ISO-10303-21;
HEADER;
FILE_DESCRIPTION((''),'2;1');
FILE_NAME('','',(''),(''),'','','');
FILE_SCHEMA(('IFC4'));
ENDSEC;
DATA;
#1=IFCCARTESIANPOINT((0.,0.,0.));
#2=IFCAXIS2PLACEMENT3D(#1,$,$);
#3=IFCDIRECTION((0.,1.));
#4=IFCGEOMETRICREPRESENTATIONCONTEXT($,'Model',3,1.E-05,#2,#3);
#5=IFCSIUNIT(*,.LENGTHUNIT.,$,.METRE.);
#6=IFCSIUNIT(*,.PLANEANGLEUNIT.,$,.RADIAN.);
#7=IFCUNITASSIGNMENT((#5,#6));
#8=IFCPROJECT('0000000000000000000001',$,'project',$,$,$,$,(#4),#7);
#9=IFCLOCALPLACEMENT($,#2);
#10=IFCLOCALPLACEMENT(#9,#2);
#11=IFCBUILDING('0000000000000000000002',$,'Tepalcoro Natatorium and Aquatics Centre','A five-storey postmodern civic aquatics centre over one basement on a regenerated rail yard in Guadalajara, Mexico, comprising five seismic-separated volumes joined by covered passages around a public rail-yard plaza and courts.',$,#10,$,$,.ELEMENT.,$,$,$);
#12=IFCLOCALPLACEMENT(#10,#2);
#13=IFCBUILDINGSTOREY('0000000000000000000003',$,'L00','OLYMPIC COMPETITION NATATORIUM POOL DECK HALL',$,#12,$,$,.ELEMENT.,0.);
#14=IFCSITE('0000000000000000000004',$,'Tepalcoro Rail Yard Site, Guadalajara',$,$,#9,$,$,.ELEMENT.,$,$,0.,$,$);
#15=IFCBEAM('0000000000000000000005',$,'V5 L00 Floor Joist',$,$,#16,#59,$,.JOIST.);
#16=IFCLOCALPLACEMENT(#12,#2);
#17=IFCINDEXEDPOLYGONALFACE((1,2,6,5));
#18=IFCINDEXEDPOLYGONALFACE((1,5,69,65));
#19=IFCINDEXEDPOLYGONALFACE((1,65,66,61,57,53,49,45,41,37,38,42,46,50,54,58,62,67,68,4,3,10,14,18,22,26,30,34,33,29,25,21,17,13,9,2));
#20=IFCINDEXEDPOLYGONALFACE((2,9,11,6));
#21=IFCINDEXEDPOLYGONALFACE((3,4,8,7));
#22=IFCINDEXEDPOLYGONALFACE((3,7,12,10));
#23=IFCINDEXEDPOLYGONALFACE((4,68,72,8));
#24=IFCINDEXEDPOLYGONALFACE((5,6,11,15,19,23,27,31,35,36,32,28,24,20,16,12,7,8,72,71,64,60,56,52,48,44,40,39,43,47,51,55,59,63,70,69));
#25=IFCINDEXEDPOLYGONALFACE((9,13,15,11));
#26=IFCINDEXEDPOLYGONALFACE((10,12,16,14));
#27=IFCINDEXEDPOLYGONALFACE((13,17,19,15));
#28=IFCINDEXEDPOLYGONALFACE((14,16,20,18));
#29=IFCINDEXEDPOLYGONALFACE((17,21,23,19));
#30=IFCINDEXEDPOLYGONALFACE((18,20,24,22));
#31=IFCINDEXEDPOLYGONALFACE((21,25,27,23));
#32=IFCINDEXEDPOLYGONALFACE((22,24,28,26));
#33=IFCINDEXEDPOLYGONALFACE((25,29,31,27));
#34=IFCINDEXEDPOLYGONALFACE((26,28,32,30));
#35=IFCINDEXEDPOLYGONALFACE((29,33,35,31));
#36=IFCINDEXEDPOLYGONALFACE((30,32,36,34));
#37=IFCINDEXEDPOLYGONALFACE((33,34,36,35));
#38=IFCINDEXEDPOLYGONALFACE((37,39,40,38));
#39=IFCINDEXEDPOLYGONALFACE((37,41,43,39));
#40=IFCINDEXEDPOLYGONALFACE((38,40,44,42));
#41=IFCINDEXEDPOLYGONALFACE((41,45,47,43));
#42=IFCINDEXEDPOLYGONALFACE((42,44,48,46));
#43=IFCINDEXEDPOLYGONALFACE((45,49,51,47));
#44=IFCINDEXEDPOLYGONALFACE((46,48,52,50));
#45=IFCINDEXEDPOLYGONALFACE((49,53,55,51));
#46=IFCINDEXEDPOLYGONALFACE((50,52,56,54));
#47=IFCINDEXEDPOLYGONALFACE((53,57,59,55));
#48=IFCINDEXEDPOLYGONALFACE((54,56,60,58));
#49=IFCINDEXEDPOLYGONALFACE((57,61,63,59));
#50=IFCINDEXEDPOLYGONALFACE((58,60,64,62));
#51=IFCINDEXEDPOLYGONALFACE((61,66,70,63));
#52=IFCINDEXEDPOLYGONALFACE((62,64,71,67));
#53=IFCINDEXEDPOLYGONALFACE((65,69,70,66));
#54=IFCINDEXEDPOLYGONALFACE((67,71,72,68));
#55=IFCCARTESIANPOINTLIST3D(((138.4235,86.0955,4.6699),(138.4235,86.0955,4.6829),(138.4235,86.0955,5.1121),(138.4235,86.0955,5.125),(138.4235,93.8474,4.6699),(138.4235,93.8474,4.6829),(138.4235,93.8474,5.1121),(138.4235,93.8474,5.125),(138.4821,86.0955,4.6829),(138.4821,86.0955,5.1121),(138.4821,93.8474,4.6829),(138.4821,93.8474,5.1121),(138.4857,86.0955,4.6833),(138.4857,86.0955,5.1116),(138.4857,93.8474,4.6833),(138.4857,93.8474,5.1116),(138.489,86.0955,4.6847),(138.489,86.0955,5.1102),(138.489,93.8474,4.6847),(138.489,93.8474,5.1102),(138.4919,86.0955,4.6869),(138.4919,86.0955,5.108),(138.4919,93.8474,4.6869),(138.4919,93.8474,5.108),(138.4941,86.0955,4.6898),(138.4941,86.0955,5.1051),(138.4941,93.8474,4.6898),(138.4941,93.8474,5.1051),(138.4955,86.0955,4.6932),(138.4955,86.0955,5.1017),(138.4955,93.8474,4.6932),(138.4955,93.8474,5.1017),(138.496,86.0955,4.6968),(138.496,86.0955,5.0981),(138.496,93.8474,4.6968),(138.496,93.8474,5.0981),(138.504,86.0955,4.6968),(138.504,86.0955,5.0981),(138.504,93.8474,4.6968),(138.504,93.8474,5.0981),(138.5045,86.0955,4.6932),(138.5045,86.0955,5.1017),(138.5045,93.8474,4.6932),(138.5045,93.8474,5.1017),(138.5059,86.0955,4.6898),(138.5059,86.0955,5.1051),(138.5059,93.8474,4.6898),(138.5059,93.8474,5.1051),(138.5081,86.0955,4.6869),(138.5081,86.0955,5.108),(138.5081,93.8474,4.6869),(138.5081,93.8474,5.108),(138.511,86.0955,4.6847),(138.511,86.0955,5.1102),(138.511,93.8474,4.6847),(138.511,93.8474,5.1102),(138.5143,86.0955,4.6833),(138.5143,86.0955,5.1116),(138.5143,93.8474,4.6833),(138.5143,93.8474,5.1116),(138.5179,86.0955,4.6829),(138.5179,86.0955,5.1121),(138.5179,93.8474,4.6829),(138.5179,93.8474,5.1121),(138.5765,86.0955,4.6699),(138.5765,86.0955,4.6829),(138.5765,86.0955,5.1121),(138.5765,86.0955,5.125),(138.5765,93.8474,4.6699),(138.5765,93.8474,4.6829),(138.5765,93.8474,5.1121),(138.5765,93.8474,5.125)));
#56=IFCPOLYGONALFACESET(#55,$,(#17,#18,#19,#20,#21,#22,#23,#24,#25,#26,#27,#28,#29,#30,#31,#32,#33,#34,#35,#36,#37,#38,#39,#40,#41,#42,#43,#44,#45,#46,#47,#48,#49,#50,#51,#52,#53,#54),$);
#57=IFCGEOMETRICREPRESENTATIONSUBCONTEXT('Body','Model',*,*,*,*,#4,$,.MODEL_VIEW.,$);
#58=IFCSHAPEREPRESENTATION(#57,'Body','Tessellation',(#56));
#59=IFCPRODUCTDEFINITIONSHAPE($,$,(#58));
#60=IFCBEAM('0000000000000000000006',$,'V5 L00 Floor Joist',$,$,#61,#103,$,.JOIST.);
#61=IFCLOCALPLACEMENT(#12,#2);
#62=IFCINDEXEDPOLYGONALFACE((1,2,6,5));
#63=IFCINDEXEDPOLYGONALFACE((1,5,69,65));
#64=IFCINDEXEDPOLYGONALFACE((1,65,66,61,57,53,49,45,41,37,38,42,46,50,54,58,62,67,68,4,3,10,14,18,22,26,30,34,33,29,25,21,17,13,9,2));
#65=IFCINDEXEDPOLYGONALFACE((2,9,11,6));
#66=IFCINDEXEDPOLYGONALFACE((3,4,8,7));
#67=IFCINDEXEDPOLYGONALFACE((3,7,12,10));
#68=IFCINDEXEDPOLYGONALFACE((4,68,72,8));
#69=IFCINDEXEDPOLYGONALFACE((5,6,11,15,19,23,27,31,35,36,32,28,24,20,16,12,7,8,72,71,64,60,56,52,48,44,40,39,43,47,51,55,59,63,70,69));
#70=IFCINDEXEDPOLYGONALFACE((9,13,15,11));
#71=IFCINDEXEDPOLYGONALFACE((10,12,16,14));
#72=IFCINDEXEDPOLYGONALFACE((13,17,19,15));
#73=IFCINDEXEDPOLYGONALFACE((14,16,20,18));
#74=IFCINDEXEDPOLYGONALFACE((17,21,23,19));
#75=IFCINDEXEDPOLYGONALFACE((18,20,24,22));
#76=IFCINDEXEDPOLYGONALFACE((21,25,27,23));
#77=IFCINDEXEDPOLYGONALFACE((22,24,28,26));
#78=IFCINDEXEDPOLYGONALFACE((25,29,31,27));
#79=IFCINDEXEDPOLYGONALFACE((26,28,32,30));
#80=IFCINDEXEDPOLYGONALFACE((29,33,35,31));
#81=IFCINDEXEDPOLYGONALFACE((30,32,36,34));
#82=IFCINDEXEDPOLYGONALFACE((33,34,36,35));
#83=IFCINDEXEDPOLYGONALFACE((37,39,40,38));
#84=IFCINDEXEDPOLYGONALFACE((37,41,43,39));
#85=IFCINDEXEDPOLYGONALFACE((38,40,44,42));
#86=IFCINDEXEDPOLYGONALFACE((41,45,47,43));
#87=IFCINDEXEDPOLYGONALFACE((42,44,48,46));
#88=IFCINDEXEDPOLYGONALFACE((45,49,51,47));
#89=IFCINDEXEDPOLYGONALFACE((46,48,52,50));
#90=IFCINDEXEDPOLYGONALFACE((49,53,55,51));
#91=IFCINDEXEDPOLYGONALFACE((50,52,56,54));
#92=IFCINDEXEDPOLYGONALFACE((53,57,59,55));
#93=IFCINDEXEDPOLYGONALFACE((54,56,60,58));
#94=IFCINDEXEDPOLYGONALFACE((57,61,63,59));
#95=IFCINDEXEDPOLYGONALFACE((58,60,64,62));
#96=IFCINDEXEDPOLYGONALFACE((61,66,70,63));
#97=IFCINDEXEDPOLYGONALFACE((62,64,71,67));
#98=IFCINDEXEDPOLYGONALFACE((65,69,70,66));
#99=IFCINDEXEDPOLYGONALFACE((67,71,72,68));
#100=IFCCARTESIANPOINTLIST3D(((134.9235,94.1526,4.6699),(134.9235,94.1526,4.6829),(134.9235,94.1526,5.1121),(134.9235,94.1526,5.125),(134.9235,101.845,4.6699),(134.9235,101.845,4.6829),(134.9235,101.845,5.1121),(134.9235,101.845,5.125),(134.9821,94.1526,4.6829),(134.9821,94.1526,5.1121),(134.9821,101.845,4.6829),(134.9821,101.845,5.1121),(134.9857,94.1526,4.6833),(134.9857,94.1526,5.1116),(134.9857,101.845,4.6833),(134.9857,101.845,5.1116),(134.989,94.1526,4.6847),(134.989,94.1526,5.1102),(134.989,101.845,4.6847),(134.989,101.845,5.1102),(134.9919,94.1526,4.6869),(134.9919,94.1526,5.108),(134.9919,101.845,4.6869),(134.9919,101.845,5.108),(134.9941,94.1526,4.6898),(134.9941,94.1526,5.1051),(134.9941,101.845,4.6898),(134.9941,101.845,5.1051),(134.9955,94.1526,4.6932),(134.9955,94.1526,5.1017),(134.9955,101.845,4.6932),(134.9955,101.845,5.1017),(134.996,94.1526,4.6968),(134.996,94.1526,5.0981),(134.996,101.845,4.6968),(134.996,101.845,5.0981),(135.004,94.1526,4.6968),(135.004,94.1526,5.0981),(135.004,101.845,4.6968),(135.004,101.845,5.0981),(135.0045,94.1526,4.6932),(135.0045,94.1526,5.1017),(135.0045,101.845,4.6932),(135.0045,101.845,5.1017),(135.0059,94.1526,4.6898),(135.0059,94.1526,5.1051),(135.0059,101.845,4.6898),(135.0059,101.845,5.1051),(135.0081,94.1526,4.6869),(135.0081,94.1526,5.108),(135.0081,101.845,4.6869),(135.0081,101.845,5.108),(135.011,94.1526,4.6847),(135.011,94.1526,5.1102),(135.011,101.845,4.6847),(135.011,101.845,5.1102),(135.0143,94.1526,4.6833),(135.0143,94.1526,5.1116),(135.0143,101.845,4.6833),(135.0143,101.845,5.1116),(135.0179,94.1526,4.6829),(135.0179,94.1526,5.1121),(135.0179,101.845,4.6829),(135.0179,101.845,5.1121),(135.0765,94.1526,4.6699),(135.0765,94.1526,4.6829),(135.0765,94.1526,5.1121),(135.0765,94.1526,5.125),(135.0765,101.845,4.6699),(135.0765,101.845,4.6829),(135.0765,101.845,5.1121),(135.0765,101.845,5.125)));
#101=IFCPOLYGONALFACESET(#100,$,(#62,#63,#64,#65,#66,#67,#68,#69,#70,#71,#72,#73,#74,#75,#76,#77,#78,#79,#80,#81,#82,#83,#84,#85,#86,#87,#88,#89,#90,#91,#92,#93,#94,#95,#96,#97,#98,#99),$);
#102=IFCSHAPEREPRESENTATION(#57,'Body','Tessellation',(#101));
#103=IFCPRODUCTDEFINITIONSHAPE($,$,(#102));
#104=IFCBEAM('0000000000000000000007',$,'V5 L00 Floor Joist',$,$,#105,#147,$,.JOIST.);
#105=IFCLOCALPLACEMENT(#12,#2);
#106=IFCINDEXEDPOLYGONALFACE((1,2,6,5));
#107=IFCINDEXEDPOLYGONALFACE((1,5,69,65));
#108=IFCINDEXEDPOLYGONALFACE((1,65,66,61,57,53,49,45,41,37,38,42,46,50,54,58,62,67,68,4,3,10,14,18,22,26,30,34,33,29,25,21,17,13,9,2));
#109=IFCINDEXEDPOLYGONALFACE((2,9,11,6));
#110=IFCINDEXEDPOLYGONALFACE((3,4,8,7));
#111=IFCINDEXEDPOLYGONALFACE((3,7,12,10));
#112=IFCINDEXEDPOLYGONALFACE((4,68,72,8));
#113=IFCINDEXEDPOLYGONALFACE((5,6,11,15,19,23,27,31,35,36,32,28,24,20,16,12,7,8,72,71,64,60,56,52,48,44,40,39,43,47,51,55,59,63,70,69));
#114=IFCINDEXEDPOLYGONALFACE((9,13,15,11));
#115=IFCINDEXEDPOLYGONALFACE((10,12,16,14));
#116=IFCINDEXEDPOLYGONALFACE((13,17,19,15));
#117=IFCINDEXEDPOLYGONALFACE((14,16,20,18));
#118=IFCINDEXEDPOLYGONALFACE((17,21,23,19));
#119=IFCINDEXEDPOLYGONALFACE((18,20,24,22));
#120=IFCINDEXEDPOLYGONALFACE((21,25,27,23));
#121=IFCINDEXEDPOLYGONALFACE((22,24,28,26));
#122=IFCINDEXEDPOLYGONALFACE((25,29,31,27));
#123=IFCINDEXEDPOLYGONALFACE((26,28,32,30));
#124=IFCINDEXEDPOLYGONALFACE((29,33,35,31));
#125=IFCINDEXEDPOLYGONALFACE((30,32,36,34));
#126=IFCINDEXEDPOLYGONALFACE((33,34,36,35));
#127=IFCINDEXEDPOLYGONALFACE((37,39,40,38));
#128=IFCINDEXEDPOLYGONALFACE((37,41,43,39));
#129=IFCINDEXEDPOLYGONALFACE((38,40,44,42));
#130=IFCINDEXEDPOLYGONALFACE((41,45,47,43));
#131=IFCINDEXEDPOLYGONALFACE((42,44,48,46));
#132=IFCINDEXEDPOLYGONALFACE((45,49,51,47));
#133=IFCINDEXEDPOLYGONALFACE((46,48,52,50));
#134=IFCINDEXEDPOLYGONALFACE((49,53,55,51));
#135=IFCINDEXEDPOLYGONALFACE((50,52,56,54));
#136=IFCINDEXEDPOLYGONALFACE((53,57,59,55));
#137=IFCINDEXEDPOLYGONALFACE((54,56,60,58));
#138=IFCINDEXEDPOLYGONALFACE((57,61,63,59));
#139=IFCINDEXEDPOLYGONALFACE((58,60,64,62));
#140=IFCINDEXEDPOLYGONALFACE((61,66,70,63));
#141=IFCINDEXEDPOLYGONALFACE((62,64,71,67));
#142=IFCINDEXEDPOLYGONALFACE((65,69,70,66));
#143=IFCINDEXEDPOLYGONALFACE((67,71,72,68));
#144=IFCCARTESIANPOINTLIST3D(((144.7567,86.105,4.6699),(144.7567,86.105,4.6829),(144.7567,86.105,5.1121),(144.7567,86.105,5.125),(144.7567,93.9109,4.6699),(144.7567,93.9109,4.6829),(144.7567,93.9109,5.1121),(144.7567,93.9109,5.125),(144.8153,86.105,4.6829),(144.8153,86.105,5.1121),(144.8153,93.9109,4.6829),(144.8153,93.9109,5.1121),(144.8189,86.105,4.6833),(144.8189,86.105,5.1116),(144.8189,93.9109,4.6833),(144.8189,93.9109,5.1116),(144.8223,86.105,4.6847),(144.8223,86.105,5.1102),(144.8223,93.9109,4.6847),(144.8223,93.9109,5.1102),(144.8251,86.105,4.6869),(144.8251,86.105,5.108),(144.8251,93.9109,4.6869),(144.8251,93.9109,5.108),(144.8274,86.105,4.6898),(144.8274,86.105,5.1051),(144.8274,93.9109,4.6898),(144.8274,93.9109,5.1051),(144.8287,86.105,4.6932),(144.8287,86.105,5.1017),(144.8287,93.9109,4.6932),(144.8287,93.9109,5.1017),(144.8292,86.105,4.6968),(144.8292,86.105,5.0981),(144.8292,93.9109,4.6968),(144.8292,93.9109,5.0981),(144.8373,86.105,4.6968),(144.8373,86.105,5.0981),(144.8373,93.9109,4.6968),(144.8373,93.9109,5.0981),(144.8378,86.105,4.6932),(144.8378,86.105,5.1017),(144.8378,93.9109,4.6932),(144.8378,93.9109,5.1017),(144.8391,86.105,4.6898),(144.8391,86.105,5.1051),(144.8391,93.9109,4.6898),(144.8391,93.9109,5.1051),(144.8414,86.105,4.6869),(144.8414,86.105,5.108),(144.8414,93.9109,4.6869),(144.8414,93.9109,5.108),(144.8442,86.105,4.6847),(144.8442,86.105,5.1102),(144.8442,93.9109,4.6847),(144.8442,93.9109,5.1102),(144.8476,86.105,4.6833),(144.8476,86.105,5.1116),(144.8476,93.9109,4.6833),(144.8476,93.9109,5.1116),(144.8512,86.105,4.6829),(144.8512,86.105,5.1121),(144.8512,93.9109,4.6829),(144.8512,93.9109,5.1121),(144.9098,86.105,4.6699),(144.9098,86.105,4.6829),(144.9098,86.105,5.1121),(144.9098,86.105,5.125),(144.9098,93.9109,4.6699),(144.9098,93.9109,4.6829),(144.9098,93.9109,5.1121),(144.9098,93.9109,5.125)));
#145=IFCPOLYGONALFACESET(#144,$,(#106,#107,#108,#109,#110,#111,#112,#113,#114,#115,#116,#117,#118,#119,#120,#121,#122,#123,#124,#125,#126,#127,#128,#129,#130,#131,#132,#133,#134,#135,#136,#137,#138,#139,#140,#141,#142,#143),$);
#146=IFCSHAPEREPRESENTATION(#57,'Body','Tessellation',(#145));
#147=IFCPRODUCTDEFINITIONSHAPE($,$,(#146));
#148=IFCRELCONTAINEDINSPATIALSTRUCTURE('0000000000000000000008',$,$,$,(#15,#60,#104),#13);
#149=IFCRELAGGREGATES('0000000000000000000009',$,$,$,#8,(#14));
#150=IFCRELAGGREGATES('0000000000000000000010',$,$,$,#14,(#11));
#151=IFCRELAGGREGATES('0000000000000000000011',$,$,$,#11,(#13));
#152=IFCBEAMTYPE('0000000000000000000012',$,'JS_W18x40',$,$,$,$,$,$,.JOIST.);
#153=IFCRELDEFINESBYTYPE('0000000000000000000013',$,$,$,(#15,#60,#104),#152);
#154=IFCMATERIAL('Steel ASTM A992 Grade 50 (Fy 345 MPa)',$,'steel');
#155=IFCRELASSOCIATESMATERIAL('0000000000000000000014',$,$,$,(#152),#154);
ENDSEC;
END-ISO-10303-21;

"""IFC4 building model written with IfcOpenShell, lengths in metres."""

from ifc_helpers import new_model, si_unit, direction, frame, origin, origin_2d, place, context, subcontext, project, spatial, i_section, extrude, material, material_profile, profile_set, type_object, element, save


model = new_model("IFC4")

# Units and contexts
model_context = context("Model", 3, precision=1e-05, world=origin(), true_north=direction((0.0, 1.0)))
body_context = subcontext(model_context, "Body", "Model", "MODEL_VIEW")
ifc_project = project(units=[si_unit("LENGTHUNIT", "METRE"), si_unit("PLANEANGLEUNIT", "RADIAN")], contexts=[model_context])

# Site, building, storey
site_placement = place(None, origin())
site = spatial("IfcSite", under=ifc_project, at=site_placement, Name="Tepalcoro Rail Yard Site, Guadalajara", CompositionType="ELEMENT", RefElevation=0.0)
building_placement = place(site_placement, origin())
building = spatial("IfcBuilding", under=site, at=building_placement, Name="Tepalcoro Natatorium and Aquatics Centre", Description="A five-storey postmodern civic aquatics centre over one basement on a regenerated rail yard in Guadalajara, Mexico, comprising five seismic-separated volumes joined by covered passages around a public rail-yard plaza and courts.", CompositionType="ELEMENT")
storey_placement = place(building_placement, origin())
storey = spatial("IfcBuildingStorey", under=building, at=storey_placement, Name="L00", Description="OLYMPIC COMPETITION NATATORIUM POOL DECK HALL", CompositionType="ELEMENT", Elevation=0.0)

# Beams
ifc_material_1 = material(Name="Steel ASTM A992 Grade 50 (Fy 345 MPa)", Category="steel")
ifc_material_profile_1 = material_profile(ifc_material_1, i_section(OverallWidth=0.1531, OverallDepth=0.4551, WebThickness=0.0081, FlangeThickness=0.0129, FilletRadius=0.0139, at=origin_2d()), Name="W18X40")
ifc_profile_set_1 = profile_set([ifc_material_profile_1], Name="Steel ASTM A992 Grade 50 (Fy 345 MPa)")
beam_type_1 = type_object("IfcBeamType", Name="JS_W18x40", PredefinedType="JOIST", material=ifc_profile_set_1)
beam_1_placement = place(storey_placement, frame((138.5, 86.0955, 4.8975), z_axis=(0.0, 1.0, 0.0), x_axis=(-1.0, 0.0, 0.0)))
element("IfcBeam", 1, at=beam_1_placement, inside=storey, type_object=beam_type_1, Name="V5 L00 Floor Joist", PredefinedType="JOIST", context=body_context, shape_type="SweptSolid", body=[
    extrude(i_section(OverallWidth=0.1531, OverallDepth=0.4551, WebThickness=0.0081, FlangeThickness=0.0129, FilletRadius=0.0139, at=origin_2d()), origin(), (0.0, 0.0, 1.0), 7.752),
])
beam_2_placement = place(storey_placement, frame((135.0, 94.1526, 4.8975), z_axis=(0.0, 1.0, 0.0), x_axis=(-1.0, 0.0, 0.0)))
element("IfcBeam", 2, at=beam_2_placement, inside=storey, type_object=beam_type_1, Name="V5 L00 Floor Joist", PredefinedType="JOIST", context=body_context, shape_type="SweptSolid", body=[
    extrude(i_section(OverallWidth=0.1531, OverallDepth=0.4551, WebThickness=0.0081, FlangeThickness=0.0129, FilletRadius=0.0139, at=origin_2d()), origin(), (0.0, 0.0, 1.0), 7.6924),
])
beam_3_placement = place(storey_placement, frame((144.8333, 86.105, 4.8975), z_axis=(0.0, 1.0, 0.0), x_axis=(-1.0, 0.0, 0.0)))
element("IfcBeam", 3, at=beam_3_placement, inside=storey, type_object=beam_type_1, Name="V5 L00 Floor Joist", PredefinedType="JOIST", context=body_context, shape_type="SweptSolid", body=[
    extrude(i_section(OverallWidth=0.1531, OverallDepth=0.4551, WebThickness=0.0081, FlangeThickness=0.0129, FilletRadius=0.0139, at=origin_2d()), origin(), (0.0, 0.0, 1.0), 7.8059),
])

save(model, "model.ifc")
